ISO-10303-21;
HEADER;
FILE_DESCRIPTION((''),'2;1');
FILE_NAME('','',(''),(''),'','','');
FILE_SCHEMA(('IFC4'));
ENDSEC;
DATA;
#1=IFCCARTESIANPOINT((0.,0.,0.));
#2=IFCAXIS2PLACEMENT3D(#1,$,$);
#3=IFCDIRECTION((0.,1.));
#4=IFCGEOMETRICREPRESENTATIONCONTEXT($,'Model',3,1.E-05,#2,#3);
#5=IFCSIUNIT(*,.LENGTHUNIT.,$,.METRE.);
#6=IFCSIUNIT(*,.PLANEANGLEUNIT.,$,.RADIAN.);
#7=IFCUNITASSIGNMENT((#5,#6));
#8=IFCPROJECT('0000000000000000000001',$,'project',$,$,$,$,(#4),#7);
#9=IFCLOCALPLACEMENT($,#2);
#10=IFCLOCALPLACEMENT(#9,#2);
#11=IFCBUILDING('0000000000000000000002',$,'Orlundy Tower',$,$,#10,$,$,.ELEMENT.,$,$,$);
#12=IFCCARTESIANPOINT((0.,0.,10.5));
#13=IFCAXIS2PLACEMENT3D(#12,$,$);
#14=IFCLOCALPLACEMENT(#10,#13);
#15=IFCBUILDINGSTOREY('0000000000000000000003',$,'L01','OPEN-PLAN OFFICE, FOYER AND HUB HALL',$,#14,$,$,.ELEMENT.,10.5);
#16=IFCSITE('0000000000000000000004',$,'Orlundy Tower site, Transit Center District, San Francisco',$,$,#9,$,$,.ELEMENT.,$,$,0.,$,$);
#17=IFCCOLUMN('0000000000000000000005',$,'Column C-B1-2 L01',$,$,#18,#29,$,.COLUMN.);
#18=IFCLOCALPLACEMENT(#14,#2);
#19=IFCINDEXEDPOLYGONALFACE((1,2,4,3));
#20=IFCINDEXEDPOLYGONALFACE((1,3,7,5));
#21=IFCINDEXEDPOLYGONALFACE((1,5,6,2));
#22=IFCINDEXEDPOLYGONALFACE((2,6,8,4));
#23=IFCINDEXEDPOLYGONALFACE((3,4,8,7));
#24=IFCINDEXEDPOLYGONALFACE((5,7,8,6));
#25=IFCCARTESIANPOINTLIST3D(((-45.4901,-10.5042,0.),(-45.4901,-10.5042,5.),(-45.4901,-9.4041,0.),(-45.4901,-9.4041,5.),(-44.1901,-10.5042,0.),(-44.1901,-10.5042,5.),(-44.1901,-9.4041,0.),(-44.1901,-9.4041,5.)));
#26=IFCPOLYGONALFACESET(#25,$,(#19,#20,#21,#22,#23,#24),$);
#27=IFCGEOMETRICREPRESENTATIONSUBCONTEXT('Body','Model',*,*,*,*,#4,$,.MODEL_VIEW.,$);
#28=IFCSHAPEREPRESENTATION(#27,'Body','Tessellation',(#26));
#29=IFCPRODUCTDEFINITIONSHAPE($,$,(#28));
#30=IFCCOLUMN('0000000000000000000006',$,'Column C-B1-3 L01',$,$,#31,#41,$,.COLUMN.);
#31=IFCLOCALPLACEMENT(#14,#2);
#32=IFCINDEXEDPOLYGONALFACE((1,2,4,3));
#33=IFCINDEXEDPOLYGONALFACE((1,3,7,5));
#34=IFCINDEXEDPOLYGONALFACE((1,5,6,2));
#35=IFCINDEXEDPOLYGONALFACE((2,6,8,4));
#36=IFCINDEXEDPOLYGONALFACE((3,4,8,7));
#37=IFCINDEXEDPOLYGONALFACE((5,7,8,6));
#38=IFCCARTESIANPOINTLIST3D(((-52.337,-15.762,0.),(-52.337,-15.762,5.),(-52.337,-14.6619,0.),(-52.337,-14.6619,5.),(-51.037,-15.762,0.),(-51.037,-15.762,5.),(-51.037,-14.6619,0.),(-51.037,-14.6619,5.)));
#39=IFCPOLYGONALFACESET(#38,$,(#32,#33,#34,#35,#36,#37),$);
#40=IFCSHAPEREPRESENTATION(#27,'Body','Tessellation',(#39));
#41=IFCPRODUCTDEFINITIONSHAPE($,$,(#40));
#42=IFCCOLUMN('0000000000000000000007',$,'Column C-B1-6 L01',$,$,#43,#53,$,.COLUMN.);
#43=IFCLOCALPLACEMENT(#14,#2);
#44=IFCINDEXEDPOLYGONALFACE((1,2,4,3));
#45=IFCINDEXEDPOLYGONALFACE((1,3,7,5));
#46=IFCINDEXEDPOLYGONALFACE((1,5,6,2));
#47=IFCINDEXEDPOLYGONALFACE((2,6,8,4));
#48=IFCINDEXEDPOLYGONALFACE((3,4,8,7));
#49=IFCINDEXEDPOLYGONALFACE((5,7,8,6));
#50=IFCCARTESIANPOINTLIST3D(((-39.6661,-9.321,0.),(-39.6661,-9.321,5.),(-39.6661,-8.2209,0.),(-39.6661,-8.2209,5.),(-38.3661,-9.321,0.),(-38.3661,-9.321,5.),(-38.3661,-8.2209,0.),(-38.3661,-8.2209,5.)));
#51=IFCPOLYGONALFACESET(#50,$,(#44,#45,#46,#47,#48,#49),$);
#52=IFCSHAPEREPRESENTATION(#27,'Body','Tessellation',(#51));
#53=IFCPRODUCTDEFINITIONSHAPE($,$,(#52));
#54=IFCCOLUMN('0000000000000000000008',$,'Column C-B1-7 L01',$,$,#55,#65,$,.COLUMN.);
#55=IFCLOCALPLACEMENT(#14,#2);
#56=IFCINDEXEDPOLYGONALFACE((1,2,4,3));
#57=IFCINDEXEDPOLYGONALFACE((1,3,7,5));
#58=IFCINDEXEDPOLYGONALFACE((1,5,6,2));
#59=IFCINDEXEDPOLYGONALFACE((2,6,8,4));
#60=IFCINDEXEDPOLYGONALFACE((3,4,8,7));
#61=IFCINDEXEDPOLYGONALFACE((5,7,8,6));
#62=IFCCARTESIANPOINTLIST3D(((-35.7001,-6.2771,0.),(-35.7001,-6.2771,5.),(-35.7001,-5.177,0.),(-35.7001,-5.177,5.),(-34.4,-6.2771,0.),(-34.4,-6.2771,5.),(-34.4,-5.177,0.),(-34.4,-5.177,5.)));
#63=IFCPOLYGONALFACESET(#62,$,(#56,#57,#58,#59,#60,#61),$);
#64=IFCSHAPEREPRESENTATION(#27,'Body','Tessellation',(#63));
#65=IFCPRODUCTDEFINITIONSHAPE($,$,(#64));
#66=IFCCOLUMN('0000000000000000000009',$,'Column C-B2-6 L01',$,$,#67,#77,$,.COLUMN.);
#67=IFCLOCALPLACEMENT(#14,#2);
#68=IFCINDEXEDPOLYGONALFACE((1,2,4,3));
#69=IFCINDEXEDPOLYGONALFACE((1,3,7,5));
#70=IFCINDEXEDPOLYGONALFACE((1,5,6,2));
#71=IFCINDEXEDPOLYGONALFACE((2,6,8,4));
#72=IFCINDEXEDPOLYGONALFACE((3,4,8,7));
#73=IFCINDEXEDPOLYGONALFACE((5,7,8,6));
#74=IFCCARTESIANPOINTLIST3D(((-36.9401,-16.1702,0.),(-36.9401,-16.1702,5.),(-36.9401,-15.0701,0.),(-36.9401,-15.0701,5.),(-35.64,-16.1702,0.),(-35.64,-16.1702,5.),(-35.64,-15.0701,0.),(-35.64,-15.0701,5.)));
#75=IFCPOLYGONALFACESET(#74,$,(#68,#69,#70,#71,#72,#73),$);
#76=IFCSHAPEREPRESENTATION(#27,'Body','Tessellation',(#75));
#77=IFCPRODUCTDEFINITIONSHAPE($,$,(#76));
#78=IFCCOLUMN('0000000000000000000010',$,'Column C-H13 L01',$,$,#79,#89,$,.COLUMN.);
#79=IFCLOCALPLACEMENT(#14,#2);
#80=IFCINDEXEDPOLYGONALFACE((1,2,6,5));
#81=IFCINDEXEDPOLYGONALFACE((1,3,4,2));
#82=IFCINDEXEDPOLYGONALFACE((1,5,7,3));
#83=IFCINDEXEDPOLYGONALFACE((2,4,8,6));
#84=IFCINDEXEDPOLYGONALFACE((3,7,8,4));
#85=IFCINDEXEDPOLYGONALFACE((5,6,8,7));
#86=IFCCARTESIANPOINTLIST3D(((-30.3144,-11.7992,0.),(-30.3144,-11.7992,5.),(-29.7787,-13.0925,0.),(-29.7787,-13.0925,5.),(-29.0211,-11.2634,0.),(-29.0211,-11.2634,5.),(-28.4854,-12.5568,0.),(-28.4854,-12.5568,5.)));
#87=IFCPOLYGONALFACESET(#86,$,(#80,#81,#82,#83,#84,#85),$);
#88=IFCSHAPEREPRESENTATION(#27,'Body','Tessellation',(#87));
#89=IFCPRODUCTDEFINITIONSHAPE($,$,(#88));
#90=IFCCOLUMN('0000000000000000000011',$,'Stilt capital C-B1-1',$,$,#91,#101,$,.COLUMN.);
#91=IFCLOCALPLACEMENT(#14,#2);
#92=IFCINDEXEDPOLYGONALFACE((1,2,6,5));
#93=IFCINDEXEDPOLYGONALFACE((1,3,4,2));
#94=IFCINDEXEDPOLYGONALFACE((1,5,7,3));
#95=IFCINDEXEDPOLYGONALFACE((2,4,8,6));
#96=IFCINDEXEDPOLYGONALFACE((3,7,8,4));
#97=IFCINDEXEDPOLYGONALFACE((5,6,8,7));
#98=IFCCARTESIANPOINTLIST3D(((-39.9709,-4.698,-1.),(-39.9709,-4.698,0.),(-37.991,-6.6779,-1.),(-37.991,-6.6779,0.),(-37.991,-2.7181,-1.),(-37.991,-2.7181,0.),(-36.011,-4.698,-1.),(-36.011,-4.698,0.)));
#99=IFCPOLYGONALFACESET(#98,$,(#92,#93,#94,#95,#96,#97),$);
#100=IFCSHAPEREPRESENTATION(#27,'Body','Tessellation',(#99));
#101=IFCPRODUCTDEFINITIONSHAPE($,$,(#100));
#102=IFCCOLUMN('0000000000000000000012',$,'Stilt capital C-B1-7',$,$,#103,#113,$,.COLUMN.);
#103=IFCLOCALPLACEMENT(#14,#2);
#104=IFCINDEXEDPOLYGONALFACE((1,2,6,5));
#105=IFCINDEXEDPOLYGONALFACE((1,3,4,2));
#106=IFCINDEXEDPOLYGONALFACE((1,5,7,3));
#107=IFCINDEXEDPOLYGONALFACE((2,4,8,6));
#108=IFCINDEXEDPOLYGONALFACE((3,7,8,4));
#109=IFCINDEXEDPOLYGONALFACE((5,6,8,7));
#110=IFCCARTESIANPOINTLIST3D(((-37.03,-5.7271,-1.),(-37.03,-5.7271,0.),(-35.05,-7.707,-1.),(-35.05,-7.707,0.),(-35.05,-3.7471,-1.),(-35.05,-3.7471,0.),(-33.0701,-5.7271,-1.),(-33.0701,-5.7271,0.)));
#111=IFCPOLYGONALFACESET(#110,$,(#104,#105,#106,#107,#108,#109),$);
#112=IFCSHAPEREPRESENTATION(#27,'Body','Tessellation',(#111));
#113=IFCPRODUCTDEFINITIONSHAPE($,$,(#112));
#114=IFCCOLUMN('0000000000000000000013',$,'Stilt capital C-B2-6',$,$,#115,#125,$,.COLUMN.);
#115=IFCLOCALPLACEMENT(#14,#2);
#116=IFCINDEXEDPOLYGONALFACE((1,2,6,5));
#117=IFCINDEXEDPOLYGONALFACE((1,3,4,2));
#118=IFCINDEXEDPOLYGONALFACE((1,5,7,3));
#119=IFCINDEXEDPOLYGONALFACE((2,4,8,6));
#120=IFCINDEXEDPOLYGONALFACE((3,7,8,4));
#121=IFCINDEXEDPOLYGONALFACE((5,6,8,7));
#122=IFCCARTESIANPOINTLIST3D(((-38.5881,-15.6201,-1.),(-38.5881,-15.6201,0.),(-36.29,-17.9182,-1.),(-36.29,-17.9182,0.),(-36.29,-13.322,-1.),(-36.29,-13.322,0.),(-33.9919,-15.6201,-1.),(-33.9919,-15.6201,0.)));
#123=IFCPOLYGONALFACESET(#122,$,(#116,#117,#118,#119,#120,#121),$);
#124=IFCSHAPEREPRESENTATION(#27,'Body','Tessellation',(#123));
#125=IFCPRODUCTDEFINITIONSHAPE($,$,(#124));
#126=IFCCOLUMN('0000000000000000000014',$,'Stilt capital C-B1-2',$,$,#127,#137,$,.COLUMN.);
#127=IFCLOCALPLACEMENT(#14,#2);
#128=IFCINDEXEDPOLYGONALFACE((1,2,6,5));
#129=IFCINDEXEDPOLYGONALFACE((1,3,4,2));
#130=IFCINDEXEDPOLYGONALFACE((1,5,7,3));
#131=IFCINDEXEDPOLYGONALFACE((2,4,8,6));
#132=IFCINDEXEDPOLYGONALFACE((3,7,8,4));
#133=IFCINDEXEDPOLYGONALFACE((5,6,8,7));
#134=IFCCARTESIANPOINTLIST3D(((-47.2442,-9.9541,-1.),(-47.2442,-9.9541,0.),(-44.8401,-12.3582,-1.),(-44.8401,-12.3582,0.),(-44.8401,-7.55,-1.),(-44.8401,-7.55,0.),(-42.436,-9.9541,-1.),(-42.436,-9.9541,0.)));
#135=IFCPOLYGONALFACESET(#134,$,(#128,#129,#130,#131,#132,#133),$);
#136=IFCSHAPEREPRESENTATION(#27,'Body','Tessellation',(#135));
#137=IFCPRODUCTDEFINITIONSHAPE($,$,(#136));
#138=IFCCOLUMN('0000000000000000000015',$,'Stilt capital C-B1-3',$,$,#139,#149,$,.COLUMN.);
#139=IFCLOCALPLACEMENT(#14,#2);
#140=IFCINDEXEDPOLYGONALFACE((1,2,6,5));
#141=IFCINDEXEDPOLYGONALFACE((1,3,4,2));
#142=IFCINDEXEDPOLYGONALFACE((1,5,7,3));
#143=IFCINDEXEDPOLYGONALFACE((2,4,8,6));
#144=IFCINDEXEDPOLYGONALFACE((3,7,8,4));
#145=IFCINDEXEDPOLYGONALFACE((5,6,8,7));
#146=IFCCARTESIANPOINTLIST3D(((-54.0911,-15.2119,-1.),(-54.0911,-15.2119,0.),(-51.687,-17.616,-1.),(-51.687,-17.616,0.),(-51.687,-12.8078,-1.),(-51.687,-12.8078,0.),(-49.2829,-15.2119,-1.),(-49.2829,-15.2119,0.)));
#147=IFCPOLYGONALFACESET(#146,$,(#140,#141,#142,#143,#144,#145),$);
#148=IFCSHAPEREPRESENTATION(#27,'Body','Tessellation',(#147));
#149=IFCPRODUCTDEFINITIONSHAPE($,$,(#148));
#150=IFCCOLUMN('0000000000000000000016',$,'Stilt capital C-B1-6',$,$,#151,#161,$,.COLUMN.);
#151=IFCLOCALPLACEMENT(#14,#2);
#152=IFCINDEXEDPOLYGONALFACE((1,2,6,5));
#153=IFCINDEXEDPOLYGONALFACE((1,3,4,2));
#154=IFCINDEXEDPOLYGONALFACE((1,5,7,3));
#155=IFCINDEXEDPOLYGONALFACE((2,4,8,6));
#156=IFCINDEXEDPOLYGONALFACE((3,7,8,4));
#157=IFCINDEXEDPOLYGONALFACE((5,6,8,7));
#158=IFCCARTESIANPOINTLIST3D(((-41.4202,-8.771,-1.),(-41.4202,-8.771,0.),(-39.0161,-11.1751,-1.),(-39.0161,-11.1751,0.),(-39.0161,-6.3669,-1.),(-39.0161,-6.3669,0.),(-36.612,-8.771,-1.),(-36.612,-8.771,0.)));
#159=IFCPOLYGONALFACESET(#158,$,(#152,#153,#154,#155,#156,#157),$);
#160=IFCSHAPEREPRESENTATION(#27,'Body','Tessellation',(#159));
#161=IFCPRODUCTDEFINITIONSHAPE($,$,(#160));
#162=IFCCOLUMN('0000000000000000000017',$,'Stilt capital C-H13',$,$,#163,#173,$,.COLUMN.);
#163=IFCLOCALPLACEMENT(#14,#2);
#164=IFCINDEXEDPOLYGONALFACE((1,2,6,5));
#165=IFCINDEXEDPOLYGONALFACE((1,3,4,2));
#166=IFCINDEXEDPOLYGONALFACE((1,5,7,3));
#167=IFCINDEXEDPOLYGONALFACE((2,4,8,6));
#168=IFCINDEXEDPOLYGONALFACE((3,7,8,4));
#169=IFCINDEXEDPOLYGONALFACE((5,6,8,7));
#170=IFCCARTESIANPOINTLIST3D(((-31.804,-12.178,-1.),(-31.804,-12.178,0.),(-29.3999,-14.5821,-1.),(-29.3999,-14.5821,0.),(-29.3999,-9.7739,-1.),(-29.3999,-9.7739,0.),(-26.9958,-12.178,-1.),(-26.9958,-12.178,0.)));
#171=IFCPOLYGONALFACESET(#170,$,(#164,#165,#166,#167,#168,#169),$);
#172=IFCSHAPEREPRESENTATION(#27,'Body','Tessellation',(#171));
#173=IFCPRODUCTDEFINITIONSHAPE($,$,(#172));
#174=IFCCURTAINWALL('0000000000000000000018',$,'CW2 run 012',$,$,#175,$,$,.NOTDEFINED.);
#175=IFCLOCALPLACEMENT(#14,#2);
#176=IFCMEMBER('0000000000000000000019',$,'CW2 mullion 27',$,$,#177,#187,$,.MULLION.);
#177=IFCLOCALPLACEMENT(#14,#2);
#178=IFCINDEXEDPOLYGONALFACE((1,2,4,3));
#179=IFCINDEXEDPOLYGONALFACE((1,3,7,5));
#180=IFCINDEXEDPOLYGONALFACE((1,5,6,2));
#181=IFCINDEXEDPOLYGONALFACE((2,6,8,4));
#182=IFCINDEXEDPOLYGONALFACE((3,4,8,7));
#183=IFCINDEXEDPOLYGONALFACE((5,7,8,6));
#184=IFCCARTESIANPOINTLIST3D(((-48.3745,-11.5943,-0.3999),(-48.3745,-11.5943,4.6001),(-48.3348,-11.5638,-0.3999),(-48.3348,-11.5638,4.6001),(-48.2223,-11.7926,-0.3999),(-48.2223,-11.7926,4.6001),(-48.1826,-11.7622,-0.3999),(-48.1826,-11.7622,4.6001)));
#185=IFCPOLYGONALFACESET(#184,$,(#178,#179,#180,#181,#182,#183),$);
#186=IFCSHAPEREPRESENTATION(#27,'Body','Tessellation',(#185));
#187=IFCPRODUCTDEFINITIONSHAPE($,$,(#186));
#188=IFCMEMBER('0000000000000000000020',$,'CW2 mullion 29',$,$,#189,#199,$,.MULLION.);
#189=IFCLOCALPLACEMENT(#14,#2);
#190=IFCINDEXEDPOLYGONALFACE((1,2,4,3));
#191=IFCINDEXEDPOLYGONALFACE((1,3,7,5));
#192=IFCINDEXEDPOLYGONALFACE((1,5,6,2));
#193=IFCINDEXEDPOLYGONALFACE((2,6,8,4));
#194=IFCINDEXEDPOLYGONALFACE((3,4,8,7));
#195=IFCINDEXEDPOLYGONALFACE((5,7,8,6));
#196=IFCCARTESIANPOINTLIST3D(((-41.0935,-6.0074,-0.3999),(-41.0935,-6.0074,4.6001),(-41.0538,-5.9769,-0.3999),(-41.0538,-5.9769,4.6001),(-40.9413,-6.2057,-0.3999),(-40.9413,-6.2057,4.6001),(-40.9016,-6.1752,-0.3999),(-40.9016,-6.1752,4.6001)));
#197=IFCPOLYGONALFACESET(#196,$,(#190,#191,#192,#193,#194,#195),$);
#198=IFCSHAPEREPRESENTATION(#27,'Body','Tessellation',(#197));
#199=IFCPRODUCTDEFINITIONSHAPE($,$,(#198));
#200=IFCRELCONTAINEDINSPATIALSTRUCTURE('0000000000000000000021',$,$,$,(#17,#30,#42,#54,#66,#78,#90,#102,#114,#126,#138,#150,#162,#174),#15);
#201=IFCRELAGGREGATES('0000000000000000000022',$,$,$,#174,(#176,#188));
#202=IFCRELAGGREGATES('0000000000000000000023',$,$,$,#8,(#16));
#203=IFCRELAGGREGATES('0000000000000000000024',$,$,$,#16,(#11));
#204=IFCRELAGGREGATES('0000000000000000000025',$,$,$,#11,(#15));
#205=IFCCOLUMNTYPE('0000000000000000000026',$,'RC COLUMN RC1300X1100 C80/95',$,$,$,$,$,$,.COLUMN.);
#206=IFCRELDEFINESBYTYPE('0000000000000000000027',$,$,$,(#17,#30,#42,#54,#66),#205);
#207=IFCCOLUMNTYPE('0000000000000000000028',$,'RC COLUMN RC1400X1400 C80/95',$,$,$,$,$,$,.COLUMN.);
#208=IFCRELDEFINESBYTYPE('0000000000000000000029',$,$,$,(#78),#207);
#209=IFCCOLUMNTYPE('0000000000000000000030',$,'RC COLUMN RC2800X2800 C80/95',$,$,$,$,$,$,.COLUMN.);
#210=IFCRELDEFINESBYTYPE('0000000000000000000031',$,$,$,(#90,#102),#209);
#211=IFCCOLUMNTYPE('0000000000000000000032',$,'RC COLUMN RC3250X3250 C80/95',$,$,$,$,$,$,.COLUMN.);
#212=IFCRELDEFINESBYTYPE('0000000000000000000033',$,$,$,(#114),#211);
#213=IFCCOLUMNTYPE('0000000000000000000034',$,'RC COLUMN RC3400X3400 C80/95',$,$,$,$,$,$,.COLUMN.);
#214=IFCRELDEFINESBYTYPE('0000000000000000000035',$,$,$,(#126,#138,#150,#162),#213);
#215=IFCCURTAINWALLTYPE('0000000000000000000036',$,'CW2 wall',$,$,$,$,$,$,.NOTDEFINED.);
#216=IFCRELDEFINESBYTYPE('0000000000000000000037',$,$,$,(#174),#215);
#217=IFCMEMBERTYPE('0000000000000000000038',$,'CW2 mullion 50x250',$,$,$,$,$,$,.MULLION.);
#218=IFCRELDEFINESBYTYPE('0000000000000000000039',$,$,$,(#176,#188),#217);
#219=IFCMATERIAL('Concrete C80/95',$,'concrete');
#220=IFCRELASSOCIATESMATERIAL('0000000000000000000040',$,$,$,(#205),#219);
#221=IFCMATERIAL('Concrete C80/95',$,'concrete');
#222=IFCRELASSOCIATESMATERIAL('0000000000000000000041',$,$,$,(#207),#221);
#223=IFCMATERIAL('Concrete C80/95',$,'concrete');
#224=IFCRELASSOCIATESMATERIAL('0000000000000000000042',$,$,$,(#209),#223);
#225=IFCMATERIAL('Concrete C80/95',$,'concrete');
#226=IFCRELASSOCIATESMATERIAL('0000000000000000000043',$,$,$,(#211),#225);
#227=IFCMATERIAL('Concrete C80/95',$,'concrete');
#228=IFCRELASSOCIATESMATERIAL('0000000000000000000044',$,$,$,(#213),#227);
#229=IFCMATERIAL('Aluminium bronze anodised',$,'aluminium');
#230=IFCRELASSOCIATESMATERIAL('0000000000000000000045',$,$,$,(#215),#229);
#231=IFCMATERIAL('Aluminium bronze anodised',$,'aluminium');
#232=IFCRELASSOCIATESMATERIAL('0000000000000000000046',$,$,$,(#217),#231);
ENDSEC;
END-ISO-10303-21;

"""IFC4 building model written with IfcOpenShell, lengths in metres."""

from ifc_helpers import new_model, si_unit, direction, frame, origin, origin_2d, place, context, subcontext, project, spatial, rectangle, extrude, material, material_profile, profile_set, type_object, element, aggregate, save


model = new_model("IFC4")

# Units and contexts
model_context = context("Model", 3, precision=1e-05, world=origin(), true_north=direction((0.0, 1.0)))
body_context = subcontext(model_context, "Body", "Model", "MODEL_VIEW")
ifc_project = project(units=[si_unit("LENGTHUNIT", "METRE"), si_unit("PLANEANGLEUNIT", "RADIAN")], contexts=[model_context])

# Site, building, storey
site_placement = place(None, origin())
site = spatial("IfcSite", under=ifc_project, at=site_placement, Name="Orlundy Tower site, Transit Center District, San Francisco", CompositionType="ELEMENT", RefElevation=0.0)
building_placement = place(site_placement, origin())
building = spatial("IfcBuilding", under=site, at=building_placement, Name="Orlundy Tower", CompositionType="ELEMENT")
storey_placement = place(building_placement, frame((0.0, 0.0, 10.5)))
storey = spatial("IfcBuildingStorey", under=building, at=storey_placement, Name="L01", Description="OPEN-PLAN OFFICE, FOYER AND HUB HALL", CompositionType="ELEMENT", Elevation=10.5)

# Columns
ifc_material_1 = material(Name="Concrete C80/95", Category="concrete")
ifc_material_profile_1 = material_profile(ifc_material_1, rectangle(XDim=1.3, YDim=1.1001, at=origin_2d()), Name="RC1300X1100")
ifc_profile_set_1 = profile_set([ifc_material_profile_1], Name="Concrete C80/95")
column_type_1 = type_object("IfcColumnType", Name="RC COLUMN RC1300X1100 C80/95", PredefinedType="COLUMN", material=ifc_profile_set_1)
for number, where, z_axis, x_axis, name in (
    (1, (-44.8401, -9.9541, 0.0), (0.0, 0.0, 1.0), (1.0, 0.0, 0.0), "Column C-B1-2 L01"),
    (2, (-51.687, -15.2119, 0.0), (0.0, 0.0, 1.0), (1.0, 0.0, 0.0), "Column C-B1-3 L01"),
    (3, (-39.0161, -8.771, 0.0), (0.0, 0.0, 1.0), (1.0, 0.0, 0.0), "Column C-B1-6 L01"),
    (4, (-35.05, -5.7271, 0.0), (0.0, 0.0, 1.0), (1.0, 0.0, 0.0), "Column C-B1-7 L01"),
    (5, (-36.29, -15.6201, 0.0), (0.0, 0.0, 1.0), (1.0, 0.0, 0.0), "Column C-B2-6 L01"),
):
    element("IfcColumn", number, at=place(storey_placement, frame(where, z_axis=z_axis, x_axis=x_axis)), inside=storey, type_object=column_type_1, Name=name, PredefinedType="COLUMN", context=body_context, shape_type="SweptSolid", body=[
        extrude(rectangle(XDim=1.3, YDim=1.1001, at=origin_2d()), origin(), (0.0, 0.0, 1.0), 5.0),
    ])
ifc_material_2 = material(Name="Concrete C80/95", Category="concrete")
ifc_material_profile_2 = material_profile(ifc_material_2, rectangle(XDim=1.3999, YDim=1.3999, at=origin_2d()), Name="RC1400X1400")
ifc_profile_set_2 = profile_set([ifc_material_profile_2], Name="Concrete C80/95")
column_type_2 = type_object("IfcColumnType", Name="RC COLUMN RC1400X1400 C80/95", PredefinedType="COLUMN", material=ifc_profile_set_2)
column_1_placement = place(storey_placement, frame((-29.3999, -12.178, 0.0), z_axis=(0.0, 0.0, 1.0), x_axis=(-0.92388, -0.382683, 0.0)))
element("IfcColumn", 6, at=column_1_placement, inside=storey, type_object=column_type_2, Name="Column C-H13 L01", PredefinedType="COLUMN", context=body_context, shape_type="SweptSolid", body=[
    extrude(rectangle(XDim=1.3999, YDim=1.3999, at=origin_2d()), origin(), (0.0, 0.0, 1.0), 5.0),
])
ifc_material_3 = material(Name="Concrete C80/95", Category="concrete")
ifc_material_profile_3 = material_profile(ifc_material_3, rectangle(XDim=2.8, YDim=2.8, at=origin_2d()), Name="RC2800X2800")
ifc_profile_set_3 = profile_set([ifc_material_profile_3], Name="Concrete C80/95")
column_type_3 = type_object("IfcColumnType", Name="RC COLUMN RC2800X2800 C80/95", PredefinedType="COLUMN", material=ifc_profile_set_3)
for number, where, z_axis, x_axis, name in (
    (7, (-37.991, -4.698, -1.0), (0.0, 0.0, 1.0), (0.707107, 0.707107, 0.0), "Stilt capital C-B1-1"),
    (8, (-35.05, -5.7271, -1.0), (0.0, 0.0, 1.0), (0.707107, 0.707107, 0.0), "Stilt capital C-B1-7"),
):
    element("IfcColumn", number, at=place(storey_placement, frame(where, z_axis=z_axis, x_axis=x_axis)), inside=storey, type_object=column_type_3, Name=name, PredefinedType="COLUMN", context=body_context, shape_type="SweptSolid", body=[
        extrude(rectangle(XDim=2.8, YDim=2.8, at=origin_2d()), origin(), (0.0, 0.0, 1.0), 1.0),
    ])
ifc_material_4 = material(Name="Concrete C80/95", Category="concrete")
ifc_material_profile_4 = material_profile(ifc_material_4, rectangle(XDim=3.25, YDim=3.25, at=origin_2d()), Name="RC3250X3250")
ifc_profile_set_4 = profile_set([ifc_material_profile_4], Name="Concrete C80/95")
column_type_4 = type_object("IfcColumnType", Name="RC COLUMN RC3250X3250 C80/95", PredefinedType="COLUMN", material=ifc_profile_set_4)
column_2_placement = place(storey_placement, frame((-36.29, -15.6201, -1.0), z_axis=(0.0, 0.0, 1.0), x_axis=(0.707107, 0.707107, 0.0)))
element("IfcColumn", 9, at=column_2_placement, inside=storey, type_object=column_type_4, Name="Stilt capital C-B2-6", PredefinedType="COLUMN", context=body_context, shape_type="SweptSolid", body=[
    extrude(rectangle(XDim=3.25, YDim=3.25, at=origin_2d()), origin(), (0.0, 0.0, 1.0), 1.0),
])
ifc_material_5 = material(Name="Concrete C80/95", Category="concrete")
ifc_material_profile_5 = material_profile(ifc_material_5, rectangle(XDim=3.3999, YDim=3.3999, at=origin_2d()), Name="RC3400X3400")
ifc_profile_set_5 = profile_set([ifc_material_profile_5], Name="Concrete C80/95")
column_type_5 = type_object("IfcColumnType", Name="RC COLUMN RC3400X3400 C80/95", PredefinedType="COLUMN", material=ifc_profile_set_5)
for number, where, z_axis, x_axis, name in (
    (10, (-44.8401, -9.9541, -1.0), (0.0, 0.0, 1.0), (0.707107, 0.707107, 0.0), "Stilt capital C-B1-2"),
    (11, (-51.687, -15.2119, -1.0), (0.0, 0.0, 1.0), (0.707107, 0.707107, 0.0), "Stilt capital C-B1-3"),
    (12, (-39.0161, -8.771, -1.0), (0.0, 0.0, 1.0), (0.707107, 0.707107, 0.0), "Stilt capital C-B1-6"),
    (13, (-29.3999, -12.178, -1.0), (0.0, 0.0, 1.0), (0.707107, 0.707107, 0.0), "Stilt capital C-H13"),
):
    element("IfcColumn", number, at=place(storey_placement, frame(where, z_axis=z_axis, x_axis=x_axis)), inside=storey, type_object=column_type_5, Name=name, PredefinedType="COLUMN", context=body_context, shape_type="SweptSolid", body=[
        extrude(rectangle(XDim=3.3999, YDim=3.3999, at=origin_2d()), origin(), (0.0, 0.0, 1.0), 1.0),
    ])

# Curtain wall, members
ifc_material_6 = material(Name="Aluminium bronze anodised", Category="aluminium")
curtain_wall_type = type_object("IfcCurtainWallType", Name="CW2 wall", PredefinedType="NOTDEFINED", material=ifc_material_6)
curtain_wall_placement = place(storey_placement, origin())
curtain_wall = element("IfcCurtainWall", 14, at=curtain_wall_placement, inside=storey, type_object=curtain_wall_type, Name="CW2 run 012", PredefinedType="NOTDEFINED")
ifc_material_7 = material(Name="Aluminium bronze anodised", Category="aluminium")
ifc_material_profile_6 = material_profile(ifc_material_7, rectangle(XDim=0.25, YDim=0.05, at=origin_2d()), Name="CW2 mullion 50x250")
ifc_profile_set_6 = profile_set([ifc_material_profile_6], Name="Aluminium bronze anodised")
member_type_1 = type_object("IfcMemberType", Name="CW2 mullion 50x250", PredefinedType="MULLION", material=ifc_profile_set_6)
member_1_placement = place(storey_placement, frame((-48.2786, -11.6782, -0.3999), z_axis=(0.0, 0.0, 1.0), x_axis=(-0.608768, 0.793348, 0.0)))
member_1 = element("IfcMember", 15, at=member_1_placement, type_object=member_type_1, Name="CW2 mullion 27", PredefinedType="MULLION", context=body_context, shape_type="SweptSolid", body=[
    extrude(rectangle(XDim=0.25, YDim=0.05, at=origin_2d()), origin(), (0.0, 0.0, 1.0), 5.0),
])
member_2_placement = place(storey_placement, frame((-40.9976, -6.0913, -0.3999), z_axis=(0.0, 0.0, 1.0), x_axis=(-0.608768, 0.793348, 0.0)))
member_2 = element("IfcMember", 16, at=member_2_placement, type_object=member_type_1, Name="CW2 mullion 29", PredefinedType="MULLION", context=body_context, shape_type="SweptSolid", body=[
    extrude(rectangle(XDim=0.25, YDim=0.05, at=origin_2d()), origin(), (0.0, 0.0, 1.0), 5.0),
])
aggregate(curtain_wall, [member_1, member_2])

save(model, "model.ifc")
